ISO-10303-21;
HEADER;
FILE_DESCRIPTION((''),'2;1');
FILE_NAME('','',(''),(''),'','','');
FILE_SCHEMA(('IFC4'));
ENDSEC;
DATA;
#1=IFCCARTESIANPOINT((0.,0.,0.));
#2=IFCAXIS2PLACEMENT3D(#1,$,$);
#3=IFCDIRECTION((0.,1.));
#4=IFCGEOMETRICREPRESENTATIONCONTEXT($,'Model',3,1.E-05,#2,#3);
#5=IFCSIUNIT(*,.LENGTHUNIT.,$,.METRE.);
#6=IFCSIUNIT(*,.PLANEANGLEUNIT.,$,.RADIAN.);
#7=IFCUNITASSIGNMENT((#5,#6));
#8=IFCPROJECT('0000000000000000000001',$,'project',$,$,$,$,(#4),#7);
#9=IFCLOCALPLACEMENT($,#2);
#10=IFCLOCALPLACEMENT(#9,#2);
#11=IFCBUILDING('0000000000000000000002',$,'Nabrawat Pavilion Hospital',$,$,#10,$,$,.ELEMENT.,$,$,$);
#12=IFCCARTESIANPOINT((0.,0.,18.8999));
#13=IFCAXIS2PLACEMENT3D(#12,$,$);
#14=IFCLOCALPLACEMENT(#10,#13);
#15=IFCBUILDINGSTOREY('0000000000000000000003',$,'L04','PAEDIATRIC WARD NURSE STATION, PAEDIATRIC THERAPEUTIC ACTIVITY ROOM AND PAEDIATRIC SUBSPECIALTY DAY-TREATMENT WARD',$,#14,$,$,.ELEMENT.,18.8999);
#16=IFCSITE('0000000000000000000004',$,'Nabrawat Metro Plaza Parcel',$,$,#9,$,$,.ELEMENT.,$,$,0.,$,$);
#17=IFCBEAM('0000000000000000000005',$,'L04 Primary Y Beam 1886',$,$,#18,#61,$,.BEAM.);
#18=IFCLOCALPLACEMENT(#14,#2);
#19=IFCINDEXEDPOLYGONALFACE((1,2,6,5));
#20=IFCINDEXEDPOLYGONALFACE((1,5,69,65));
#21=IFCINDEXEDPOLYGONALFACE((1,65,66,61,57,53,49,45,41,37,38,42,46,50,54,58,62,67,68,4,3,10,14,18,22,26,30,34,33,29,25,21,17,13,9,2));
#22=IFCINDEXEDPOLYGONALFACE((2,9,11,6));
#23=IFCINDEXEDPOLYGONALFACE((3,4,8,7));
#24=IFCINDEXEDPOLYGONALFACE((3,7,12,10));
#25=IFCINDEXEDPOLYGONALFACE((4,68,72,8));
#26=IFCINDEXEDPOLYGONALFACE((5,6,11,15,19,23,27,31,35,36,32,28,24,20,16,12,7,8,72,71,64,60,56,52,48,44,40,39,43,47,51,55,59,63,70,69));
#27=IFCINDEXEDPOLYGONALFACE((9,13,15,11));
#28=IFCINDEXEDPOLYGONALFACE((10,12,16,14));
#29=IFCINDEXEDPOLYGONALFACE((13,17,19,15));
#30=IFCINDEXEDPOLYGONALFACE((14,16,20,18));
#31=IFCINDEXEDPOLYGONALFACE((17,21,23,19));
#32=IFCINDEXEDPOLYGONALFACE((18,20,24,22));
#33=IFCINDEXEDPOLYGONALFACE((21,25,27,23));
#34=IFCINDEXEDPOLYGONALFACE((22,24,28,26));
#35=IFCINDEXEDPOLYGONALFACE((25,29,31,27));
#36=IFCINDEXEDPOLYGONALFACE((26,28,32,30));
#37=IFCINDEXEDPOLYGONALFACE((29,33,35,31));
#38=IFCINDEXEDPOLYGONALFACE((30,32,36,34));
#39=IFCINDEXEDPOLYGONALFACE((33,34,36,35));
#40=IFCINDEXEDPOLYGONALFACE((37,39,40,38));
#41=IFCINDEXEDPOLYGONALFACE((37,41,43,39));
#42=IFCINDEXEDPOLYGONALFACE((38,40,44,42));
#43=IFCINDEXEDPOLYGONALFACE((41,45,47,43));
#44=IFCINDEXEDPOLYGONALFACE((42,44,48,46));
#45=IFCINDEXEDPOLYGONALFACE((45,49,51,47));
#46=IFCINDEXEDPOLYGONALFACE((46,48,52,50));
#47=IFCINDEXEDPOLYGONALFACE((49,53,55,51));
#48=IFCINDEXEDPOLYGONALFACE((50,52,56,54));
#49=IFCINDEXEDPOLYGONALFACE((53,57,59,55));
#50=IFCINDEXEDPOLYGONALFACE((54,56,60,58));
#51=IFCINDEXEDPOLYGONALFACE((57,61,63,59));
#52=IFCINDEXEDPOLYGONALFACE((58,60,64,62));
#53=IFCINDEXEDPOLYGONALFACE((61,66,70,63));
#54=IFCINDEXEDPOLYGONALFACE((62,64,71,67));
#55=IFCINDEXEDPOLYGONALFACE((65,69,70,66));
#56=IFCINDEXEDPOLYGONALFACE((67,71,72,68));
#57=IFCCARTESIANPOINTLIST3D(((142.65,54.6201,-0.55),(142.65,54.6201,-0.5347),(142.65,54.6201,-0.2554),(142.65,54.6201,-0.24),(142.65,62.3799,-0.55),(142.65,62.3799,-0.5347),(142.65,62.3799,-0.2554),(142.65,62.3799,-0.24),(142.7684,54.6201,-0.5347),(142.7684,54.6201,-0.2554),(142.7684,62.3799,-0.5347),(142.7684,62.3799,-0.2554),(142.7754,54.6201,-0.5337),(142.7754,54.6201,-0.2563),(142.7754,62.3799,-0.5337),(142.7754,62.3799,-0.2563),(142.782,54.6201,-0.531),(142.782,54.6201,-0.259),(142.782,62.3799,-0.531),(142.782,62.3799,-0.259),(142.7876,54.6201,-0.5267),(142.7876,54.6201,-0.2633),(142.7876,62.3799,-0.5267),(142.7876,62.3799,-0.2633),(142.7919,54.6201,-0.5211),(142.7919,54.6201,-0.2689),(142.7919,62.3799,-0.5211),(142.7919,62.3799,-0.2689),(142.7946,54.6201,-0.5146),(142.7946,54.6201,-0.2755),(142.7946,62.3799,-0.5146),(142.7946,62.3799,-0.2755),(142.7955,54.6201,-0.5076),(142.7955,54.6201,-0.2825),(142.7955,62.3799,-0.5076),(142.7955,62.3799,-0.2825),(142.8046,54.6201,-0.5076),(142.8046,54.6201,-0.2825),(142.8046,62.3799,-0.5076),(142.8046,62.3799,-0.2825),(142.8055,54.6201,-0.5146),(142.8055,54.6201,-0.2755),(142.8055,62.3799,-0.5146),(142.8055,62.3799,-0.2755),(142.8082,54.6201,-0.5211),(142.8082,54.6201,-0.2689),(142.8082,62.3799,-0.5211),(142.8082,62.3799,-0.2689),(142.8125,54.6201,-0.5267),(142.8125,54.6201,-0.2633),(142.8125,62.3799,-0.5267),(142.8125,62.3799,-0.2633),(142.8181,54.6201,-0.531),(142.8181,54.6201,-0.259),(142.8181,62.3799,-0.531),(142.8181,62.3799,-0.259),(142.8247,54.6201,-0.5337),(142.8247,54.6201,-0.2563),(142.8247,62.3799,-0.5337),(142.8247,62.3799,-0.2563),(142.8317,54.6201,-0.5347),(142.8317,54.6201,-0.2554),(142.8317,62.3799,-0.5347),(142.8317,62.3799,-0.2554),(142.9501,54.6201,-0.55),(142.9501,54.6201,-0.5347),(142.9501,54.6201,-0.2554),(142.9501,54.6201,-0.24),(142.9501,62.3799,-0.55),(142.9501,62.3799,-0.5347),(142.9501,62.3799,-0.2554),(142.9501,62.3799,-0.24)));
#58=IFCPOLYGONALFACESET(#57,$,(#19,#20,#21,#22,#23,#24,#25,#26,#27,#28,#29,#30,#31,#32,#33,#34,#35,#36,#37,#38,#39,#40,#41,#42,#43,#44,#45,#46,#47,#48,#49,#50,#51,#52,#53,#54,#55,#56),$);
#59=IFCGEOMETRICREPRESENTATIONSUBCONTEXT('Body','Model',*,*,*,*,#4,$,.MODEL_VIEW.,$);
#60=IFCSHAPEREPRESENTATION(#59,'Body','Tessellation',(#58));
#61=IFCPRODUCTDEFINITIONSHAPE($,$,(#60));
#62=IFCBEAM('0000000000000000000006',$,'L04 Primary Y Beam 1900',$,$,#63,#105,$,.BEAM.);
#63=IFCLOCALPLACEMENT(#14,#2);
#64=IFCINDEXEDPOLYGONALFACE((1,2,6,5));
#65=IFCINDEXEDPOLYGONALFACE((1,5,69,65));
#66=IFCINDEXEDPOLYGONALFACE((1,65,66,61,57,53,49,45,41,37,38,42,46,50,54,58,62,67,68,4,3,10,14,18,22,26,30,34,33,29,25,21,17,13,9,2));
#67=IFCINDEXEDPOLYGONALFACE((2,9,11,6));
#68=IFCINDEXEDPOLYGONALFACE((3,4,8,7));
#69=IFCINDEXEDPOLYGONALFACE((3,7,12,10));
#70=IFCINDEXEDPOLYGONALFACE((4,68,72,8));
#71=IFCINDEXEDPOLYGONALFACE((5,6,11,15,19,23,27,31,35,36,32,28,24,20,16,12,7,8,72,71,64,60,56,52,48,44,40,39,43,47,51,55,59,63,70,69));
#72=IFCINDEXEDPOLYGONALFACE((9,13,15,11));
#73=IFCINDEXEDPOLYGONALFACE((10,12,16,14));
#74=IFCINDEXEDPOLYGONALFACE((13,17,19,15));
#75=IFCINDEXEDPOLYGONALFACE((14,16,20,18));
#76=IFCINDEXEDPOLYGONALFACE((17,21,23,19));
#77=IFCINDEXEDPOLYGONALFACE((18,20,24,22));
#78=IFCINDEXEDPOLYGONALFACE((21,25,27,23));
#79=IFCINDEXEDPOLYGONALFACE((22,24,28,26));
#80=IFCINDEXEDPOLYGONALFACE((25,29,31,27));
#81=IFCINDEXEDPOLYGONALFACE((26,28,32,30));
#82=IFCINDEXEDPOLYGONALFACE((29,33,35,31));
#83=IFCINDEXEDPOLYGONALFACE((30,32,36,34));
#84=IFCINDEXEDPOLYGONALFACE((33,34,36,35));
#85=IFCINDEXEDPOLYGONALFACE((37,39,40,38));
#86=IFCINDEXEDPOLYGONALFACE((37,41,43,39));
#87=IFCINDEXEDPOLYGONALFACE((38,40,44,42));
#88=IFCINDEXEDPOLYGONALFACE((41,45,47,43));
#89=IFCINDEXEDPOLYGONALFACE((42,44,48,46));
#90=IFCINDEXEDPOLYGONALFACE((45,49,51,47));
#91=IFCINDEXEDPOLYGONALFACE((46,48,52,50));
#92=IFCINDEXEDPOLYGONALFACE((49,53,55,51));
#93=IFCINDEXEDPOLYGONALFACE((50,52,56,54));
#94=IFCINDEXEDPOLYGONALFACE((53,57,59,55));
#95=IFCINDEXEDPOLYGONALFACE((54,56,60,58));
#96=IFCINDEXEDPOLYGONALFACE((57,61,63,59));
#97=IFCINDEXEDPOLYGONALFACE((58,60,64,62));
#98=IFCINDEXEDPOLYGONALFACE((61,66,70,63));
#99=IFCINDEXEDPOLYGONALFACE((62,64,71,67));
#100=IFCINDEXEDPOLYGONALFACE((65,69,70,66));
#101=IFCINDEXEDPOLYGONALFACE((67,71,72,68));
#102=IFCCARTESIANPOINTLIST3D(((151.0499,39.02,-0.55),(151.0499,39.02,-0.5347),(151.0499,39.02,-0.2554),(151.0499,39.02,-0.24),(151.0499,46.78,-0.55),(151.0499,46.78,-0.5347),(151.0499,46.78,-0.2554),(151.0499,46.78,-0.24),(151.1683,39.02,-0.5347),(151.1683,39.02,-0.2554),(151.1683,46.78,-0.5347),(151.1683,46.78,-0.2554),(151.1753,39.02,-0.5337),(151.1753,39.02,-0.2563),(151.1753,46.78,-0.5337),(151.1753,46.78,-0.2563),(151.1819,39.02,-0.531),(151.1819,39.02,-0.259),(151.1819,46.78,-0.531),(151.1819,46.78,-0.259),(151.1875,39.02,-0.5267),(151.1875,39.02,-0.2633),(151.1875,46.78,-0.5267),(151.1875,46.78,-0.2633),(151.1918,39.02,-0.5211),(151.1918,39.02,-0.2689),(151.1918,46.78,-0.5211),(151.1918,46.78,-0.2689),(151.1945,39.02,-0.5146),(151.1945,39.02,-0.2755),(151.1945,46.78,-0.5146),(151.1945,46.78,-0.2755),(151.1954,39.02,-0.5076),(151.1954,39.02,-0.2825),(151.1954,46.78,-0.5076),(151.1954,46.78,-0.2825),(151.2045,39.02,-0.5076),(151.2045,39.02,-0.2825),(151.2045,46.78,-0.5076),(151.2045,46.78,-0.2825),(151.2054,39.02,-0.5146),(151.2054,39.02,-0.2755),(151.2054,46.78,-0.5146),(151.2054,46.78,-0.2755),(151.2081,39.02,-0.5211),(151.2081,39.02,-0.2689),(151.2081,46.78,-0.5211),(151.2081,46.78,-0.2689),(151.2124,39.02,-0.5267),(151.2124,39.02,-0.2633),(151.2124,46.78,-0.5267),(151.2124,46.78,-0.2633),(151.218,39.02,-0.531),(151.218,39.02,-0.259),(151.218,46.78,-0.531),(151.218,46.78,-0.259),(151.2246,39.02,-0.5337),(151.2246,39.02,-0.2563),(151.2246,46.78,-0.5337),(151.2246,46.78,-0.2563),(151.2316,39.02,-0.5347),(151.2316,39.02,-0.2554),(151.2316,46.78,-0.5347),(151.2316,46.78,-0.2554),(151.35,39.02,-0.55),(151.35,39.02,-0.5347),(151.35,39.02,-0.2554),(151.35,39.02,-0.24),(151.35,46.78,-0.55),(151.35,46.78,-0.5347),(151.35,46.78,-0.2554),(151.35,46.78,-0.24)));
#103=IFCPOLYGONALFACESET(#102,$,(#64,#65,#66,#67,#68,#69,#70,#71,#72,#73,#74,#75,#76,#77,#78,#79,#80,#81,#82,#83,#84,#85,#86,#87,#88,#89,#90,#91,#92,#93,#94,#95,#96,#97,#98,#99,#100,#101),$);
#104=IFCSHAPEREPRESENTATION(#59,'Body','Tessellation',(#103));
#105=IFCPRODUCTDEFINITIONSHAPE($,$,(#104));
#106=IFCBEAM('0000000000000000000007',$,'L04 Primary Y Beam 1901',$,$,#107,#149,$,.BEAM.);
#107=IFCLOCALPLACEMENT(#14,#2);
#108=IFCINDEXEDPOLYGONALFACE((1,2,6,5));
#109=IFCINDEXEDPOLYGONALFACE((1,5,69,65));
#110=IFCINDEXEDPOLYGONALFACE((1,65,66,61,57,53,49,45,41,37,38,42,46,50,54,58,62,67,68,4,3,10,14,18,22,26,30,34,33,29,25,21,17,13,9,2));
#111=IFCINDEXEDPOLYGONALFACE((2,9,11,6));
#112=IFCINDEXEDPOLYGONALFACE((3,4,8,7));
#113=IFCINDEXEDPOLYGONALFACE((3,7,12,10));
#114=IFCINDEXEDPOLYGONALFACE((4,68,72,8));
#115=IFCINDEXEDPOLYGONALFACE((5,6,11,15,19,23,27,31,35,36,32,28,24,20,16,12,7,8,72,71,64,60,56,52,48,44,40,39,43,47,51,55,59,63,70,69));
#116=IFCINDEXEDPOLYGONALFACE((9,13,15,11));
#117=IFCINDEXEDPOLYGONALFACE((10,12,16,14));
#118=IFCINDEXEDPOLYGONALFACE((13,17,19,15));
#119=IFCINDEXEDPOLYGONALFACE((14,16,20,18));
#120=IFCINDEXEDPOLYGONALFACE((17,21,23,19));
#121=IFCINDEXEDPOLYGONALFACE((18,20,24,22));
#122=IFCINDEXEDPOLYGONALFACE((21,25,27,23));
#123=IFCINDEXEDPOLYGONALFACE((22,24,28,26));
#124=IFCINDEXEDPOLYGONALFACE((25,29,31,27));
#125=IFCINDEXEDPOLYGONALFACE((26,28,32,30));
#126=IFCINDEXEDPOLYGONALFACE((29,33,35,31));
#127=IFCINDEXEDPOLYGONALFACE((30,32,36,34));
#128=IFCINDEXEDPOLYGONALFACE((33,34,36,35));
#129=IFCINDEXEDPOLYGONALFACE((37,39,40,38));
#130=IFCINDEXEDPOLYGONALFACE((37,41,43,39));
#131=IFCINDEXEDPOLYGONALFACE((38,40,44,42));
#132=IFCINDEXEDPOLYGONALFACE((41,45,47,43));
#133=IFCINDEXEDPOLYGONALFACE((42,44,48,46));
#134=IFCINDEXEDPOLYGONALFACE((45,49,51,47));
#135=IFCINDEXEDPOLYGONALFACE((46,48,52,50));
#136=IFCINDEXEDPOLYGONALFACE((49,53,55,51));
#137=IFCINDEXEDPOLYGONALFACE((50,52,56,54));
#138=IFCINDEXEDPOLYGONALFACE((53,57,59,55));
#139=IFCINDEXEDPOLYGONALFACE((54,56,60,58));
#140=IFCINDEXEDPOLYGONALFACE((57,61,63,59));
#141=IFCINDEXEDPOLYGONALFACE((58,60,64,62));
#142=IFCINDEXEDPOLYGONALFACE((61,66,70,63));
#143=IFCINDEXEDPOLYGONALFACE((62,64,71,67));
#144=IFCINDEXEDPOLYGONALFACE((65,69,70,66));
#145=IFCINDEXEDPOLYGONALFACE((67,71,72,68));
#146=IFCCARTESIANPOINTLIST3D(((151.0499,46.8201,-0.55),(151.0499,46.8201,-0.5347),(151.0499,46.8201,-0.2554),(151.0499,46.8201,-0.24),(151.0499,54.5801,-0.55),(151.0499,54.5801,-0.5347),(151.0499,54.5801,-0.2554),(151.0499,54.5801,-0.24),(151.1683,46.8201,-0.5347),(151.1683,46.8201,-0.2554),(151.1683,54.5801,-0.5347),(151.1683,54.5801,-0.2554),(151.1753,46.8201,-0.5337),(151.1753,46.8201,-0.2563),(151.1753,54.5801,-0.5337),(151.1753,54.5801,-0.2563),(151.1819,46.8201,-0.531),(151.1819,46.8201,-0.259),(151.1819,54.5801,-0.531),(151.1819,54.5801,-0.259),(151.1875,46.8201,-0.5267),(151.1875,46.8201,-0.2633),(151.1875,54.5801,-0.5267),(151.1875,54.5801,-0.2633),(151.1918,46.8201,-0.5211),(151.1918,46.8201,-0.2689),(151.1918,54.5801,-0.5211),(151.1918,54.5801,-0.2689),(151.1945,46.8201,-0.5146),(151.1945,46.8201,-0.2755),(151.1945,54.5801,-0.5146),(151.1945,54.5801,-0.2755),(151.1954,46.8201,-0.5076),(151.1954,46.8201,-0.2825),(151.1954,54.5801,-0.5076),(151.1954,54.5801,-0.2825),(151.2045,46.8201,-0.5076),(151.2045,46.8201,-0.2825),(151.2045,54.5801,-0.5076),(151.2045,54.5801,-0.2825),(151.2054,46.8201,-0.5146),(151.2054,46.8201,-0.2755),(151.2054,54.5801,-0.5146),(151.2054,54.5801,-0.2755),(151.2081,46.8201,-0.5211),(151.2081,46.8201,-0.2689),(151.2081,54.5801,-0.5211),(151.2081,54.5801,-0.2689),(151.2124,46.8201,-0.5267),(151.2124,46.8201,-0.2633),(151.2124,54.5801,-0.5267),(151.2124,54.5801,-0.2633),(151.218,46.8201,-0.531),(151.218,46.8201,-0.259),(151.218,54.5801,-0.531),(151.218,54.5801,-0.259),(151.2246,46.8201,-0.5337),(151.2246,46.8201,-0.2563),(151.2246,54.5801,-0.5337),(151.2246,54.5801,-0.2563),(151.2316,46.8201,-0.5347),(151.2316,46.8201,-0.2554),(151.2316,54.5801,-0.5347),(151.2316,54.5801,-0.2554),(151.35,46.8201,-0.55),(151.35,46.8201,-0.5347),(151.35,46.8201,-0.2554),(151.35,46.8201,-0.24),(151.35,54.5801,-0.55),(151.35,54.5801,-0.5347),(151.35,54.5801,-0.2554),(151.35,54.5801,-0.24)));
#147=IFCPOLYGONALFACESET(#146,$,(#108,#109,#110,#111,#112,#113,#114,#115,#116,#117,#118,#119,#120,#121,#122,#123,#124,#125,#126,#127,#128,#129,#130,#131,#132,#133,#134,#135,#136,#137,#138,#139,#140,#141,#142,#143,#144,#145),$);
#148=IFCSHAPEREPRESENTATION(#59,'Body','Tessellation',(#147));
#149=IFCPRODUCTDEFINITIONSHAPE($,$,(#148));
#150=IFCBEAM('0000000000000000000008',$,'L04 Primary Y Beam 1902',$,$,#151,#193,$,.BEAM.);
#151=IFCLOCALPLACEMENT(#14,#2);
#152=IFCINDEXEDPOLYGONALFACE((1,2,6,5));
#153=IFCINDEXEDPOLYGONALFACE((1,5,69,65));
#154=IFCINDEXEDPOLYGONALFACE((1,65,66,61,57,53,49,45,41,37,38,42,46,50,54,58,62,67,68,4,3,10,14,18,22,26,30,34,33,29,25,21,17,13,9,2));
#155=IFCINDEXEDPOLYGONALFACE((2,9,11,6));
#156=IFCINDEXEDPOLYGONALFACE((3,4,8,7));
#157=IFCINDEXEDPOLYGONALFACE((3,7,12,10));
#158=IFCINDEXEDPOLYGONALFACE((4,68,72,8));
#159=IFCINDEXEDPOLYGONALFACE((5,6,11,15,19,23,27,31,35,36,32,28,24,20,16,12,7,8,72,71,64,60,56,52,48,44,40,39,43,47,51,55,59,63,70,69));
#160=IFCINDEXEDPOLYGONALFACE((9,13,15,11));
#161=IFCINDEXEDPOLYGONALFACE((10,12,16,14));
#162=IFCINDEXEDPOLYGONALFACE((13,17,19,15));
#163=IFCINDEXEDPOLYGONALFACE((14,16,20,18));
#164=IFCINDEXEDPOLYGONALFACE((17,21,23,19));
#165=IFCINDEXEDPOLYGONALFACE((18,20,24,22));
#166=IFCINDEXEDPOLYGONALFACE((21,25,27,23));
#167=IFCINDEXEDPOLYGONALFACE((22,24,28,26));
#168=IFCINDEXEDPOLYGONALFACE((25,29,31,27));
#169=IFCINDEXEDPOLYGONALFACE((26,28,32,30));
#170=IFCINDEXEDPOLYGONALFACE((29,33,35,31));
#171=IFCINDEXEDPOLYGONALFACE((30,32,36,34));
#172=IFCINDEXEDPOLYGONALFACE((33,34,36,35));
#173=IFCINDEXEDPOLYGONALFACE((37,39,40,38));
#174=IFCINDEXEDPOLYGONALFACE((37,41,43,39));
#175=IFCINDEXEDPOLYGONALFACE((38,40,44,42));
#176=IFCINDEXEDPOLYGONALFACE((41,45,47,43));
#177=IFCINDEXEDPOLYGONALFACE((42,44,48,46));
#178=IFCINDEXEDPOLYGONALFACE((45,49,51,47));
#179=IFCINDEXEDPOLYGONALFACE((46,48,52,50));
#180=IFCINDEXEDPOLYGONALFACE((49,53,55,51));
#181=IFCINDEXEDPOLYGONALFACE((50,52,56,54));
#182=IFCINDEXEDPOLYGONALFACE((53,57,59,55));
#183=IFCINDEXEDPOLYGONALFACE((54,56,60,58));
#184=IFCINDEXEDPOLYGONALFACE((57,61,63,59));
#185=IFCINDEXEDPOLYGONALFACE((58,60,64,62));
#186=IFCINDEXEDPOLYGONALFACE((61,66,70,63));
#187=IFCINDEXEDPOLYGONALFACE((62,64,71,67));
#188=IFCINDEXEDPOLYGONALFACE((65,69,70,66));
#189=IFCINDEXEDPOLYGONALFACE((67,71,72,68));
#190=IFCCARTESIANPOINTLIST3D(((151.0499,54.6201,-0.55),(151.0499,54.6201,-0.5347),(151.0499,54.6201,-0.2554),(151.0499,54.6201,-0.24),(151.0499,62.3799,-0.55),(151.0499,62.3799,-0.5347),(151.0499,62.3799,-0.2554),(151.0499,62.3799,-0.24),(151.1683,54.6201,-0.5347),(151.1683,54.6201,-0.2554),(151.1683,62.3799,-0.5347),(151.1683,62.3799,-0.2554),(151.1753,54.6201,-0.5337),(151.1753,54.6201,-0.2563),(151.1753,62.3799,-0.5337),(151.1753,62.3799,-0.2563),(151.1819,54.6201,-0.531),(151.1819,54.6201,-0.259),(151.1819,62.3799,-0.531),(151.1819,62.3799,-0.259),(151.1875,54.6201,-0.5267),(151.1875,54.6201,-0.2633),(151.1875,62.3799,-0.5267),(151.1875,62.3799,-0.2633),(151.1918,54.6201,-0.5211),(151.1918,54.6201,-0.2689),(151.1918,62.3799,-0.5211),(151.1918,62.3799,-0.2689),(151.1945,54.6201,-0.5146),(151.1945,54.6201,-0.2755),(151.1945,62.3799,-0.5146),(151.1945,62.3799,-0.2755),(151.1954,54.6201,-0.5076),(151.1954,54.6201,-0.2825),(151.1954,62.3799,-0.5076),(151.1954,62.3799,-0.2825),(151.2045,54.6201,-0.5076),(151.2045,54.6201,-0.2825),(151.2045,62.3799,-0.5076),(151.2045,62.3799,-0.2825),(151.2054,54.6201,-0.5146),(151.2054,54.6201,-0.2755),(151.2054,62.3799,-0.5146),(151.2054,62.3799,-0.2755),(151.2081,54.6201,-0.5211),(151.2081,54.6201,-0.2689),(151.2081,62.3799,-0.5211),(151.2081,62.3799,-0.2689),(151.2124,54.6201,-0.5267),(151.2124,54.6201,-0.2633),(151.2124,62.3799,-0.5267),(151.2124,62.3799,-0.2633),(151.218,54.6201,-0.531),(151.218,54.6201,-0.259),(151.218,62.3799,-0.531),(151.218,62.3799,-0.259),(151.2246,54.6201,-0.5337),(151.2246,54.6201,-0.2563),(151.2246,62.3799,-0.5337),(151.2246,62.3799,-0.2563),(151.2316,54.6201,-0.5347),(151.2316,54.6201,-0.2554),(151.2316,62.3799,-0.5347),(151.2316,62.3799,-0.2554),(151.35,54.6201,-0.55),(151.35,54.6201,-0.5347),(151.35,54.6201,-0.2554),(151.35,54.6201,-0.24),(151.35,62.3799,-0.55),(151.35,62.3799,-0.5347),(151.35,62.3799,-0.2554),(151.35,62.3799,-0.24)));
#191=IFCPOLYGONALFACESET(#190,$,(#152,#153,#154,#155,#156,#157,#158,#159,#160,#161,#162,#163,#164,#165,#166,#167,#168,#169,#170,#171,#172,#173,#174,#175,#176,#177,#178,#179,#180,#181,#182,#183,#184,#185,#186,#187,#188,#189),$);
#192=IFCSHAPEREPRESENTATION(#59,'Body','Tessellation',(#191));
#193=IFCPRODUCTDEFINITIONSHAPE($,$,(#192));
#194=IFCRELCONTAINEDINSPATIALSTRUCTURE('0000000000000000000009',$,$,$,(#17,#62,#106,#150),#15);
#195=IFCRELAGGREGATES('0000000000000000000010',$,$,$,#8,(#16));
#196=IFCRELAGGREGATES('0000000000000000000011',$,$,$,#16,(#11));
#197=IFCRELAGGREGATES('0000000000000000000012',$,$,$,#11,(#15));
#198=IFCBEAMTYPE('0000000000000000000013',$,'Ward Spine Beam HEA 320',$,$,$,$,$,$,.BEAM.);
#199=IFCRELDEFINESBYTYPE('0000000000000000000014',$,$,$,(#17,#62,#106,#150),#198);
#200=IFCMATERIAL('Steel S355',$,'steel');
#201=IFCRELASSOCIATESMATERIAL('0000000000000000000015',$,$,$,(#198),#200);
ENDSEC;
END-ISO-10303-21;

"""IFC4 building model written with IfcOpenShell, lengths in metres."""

from ifc_helpers import new_model, si_unit, direction, frame, origin, origin_2d, place, context, subcontext, project, spatial, i_section, extrude, material, material_profile, profile_set, type_object, element, save


model = new_model("IFC4")

# Units and contexts
model_context = context("Model", 3, precision=1e-05, world=origin(), true_north=direction((0.0, 1.0)))
body_context = subcontext(model_context, "Body", "Model", "MODEL_VIEW")
ifc_project = project(units=[si_unit("LENGTHUNIT", "METRE"), si_unit("PLANEANGLEUNIT", "RADIAN")], contexts=[model_context])

# Site, building, storey
site_placement = place(None, origin())
site = spatial("IfcSite", under=ifc_project, at=site_placement, Name="Nabrawat Metro Plaza Parcel", CompositionType="ELEMENT", RefElevation=0.0)
building_placement = place(site_placement, origin())
building = spatial("IfcBuilding", under=site, at=building_placement, Name="Nabrawat Pavilion Hospital", CompositionType="ELEMENT")
storey_placement = place(building_placement, frame((0.0, 0.0, 18.8999)))
storey = spatial("IfcBuildingStorey", under=building, at=storey_placement, Name="L04", Description="PAEDIATRIC WARD NURSE STATION, PAEDIATRIC THERAPEUTIC ACTIVITY ROOM AND PAEDIATRIC SUBSPECIALTY DAY-TREATMENT WARD", CompositionType="ELEMENT", Elevation=18.8999)

# Shared definitions
ifc_material_1 = material(Name="Steel S355", Category="steel")

# Beams
ifc_material_profile_1 = material_profile(ifc_material_1, i_section(OverallWidth=0.3, OverallDepth=0.3101, WebThickness=0.009, FlangeThickness=0.0154, FilletRadius=0.0271, at=origin_2d()), Name="HEA 320")
ifc_profile_set_1 = profile_set([ifc_material_profile_1], Name="Steel S355")
beam_type_1 = type_object("IfcBeamType", Name="Ward Spine Beam HEA 320", PredefinedType="BEAM", material=ifc_profile_set_1)
beam_1_placement = place(storey_placement, frame((142.8, 54.6201, -0.395), z_axis=(0.0, 1.0, 0.0), x_axis=(-1.0, 0.0, 0.0)))
element("IfcBeam", 1, at=beam_1_placement, inside=storey, type_object=beam_type_1, Name="L04 Primary Y Beam 1886", PredefinedType="BEAM", context=body_context, shape_type="SweptSolid", body=[
    extrude(i_section(OverallWidth=0.3, OverallDepth=0.3101, WebThickness=0.009, FlangeThickness=0.0154, FilletRadius=0.0271, at=origin_2d()), origin(), (0.0, 0.0, 1.0), 7.7598),
])
for number, where, z_axis, x_axis, name in (
    (2, (151.2, 39.02, -0.395), (0.0, 1.0, 0.0), (-1.0, 0.0, 0.0), "L04 Primary Y Beam 1900"),
    (3, (151.2, 46.8201, -0.395), (0.0, 1.0, 0.0), (-1.0, 0.0, 0.0), "L04 Primary Y Beam 1901"),
):
    element("IfcBeam", number, at=place(storey_placement, frame(where, z_axis=z_axis, x_axis=x_axis)), inside=storey, type_object=beam_type_1, Name=name, PredefinedType="BEAM", context=body_context, shape_type="SweptSolid", body=[
        extrude(i_section(OverallWidth=0.3, OverallDepth=0.3101, WebThickness=0.009, FlangeThickness=0.0154, FilletRadius=0.0271, at=origin_2d()), origin(), (0.0, 0.0, 1.0), 7.76),
    ])
beam_2_placement = place(storey_placement, frame((151.2, 54.6201, -0.395), z_axis=(0.0, 1.0, 0.0), x_axis=(-1.0, 0.0, 0.0)))
element("IfcBeam", 4, at=beam_2_placement, inside=storey, type_object=beam_type_1, Name="L04 Primary Y Beam 1902", PredefinedType="BEAM", context=body_context, shape_type="SweptSolid", body=[
    extrude(i_section(OverallWidth=0.3, OverallDepth=0.3101, WebThickness=0.009, FlangeThickness=0.0154, FilletRadius=0.0271, at=origin_2d()), origin(), (0.0, 0.0, 1.0), 7.7598),
])

save(model, "model.ifc")
